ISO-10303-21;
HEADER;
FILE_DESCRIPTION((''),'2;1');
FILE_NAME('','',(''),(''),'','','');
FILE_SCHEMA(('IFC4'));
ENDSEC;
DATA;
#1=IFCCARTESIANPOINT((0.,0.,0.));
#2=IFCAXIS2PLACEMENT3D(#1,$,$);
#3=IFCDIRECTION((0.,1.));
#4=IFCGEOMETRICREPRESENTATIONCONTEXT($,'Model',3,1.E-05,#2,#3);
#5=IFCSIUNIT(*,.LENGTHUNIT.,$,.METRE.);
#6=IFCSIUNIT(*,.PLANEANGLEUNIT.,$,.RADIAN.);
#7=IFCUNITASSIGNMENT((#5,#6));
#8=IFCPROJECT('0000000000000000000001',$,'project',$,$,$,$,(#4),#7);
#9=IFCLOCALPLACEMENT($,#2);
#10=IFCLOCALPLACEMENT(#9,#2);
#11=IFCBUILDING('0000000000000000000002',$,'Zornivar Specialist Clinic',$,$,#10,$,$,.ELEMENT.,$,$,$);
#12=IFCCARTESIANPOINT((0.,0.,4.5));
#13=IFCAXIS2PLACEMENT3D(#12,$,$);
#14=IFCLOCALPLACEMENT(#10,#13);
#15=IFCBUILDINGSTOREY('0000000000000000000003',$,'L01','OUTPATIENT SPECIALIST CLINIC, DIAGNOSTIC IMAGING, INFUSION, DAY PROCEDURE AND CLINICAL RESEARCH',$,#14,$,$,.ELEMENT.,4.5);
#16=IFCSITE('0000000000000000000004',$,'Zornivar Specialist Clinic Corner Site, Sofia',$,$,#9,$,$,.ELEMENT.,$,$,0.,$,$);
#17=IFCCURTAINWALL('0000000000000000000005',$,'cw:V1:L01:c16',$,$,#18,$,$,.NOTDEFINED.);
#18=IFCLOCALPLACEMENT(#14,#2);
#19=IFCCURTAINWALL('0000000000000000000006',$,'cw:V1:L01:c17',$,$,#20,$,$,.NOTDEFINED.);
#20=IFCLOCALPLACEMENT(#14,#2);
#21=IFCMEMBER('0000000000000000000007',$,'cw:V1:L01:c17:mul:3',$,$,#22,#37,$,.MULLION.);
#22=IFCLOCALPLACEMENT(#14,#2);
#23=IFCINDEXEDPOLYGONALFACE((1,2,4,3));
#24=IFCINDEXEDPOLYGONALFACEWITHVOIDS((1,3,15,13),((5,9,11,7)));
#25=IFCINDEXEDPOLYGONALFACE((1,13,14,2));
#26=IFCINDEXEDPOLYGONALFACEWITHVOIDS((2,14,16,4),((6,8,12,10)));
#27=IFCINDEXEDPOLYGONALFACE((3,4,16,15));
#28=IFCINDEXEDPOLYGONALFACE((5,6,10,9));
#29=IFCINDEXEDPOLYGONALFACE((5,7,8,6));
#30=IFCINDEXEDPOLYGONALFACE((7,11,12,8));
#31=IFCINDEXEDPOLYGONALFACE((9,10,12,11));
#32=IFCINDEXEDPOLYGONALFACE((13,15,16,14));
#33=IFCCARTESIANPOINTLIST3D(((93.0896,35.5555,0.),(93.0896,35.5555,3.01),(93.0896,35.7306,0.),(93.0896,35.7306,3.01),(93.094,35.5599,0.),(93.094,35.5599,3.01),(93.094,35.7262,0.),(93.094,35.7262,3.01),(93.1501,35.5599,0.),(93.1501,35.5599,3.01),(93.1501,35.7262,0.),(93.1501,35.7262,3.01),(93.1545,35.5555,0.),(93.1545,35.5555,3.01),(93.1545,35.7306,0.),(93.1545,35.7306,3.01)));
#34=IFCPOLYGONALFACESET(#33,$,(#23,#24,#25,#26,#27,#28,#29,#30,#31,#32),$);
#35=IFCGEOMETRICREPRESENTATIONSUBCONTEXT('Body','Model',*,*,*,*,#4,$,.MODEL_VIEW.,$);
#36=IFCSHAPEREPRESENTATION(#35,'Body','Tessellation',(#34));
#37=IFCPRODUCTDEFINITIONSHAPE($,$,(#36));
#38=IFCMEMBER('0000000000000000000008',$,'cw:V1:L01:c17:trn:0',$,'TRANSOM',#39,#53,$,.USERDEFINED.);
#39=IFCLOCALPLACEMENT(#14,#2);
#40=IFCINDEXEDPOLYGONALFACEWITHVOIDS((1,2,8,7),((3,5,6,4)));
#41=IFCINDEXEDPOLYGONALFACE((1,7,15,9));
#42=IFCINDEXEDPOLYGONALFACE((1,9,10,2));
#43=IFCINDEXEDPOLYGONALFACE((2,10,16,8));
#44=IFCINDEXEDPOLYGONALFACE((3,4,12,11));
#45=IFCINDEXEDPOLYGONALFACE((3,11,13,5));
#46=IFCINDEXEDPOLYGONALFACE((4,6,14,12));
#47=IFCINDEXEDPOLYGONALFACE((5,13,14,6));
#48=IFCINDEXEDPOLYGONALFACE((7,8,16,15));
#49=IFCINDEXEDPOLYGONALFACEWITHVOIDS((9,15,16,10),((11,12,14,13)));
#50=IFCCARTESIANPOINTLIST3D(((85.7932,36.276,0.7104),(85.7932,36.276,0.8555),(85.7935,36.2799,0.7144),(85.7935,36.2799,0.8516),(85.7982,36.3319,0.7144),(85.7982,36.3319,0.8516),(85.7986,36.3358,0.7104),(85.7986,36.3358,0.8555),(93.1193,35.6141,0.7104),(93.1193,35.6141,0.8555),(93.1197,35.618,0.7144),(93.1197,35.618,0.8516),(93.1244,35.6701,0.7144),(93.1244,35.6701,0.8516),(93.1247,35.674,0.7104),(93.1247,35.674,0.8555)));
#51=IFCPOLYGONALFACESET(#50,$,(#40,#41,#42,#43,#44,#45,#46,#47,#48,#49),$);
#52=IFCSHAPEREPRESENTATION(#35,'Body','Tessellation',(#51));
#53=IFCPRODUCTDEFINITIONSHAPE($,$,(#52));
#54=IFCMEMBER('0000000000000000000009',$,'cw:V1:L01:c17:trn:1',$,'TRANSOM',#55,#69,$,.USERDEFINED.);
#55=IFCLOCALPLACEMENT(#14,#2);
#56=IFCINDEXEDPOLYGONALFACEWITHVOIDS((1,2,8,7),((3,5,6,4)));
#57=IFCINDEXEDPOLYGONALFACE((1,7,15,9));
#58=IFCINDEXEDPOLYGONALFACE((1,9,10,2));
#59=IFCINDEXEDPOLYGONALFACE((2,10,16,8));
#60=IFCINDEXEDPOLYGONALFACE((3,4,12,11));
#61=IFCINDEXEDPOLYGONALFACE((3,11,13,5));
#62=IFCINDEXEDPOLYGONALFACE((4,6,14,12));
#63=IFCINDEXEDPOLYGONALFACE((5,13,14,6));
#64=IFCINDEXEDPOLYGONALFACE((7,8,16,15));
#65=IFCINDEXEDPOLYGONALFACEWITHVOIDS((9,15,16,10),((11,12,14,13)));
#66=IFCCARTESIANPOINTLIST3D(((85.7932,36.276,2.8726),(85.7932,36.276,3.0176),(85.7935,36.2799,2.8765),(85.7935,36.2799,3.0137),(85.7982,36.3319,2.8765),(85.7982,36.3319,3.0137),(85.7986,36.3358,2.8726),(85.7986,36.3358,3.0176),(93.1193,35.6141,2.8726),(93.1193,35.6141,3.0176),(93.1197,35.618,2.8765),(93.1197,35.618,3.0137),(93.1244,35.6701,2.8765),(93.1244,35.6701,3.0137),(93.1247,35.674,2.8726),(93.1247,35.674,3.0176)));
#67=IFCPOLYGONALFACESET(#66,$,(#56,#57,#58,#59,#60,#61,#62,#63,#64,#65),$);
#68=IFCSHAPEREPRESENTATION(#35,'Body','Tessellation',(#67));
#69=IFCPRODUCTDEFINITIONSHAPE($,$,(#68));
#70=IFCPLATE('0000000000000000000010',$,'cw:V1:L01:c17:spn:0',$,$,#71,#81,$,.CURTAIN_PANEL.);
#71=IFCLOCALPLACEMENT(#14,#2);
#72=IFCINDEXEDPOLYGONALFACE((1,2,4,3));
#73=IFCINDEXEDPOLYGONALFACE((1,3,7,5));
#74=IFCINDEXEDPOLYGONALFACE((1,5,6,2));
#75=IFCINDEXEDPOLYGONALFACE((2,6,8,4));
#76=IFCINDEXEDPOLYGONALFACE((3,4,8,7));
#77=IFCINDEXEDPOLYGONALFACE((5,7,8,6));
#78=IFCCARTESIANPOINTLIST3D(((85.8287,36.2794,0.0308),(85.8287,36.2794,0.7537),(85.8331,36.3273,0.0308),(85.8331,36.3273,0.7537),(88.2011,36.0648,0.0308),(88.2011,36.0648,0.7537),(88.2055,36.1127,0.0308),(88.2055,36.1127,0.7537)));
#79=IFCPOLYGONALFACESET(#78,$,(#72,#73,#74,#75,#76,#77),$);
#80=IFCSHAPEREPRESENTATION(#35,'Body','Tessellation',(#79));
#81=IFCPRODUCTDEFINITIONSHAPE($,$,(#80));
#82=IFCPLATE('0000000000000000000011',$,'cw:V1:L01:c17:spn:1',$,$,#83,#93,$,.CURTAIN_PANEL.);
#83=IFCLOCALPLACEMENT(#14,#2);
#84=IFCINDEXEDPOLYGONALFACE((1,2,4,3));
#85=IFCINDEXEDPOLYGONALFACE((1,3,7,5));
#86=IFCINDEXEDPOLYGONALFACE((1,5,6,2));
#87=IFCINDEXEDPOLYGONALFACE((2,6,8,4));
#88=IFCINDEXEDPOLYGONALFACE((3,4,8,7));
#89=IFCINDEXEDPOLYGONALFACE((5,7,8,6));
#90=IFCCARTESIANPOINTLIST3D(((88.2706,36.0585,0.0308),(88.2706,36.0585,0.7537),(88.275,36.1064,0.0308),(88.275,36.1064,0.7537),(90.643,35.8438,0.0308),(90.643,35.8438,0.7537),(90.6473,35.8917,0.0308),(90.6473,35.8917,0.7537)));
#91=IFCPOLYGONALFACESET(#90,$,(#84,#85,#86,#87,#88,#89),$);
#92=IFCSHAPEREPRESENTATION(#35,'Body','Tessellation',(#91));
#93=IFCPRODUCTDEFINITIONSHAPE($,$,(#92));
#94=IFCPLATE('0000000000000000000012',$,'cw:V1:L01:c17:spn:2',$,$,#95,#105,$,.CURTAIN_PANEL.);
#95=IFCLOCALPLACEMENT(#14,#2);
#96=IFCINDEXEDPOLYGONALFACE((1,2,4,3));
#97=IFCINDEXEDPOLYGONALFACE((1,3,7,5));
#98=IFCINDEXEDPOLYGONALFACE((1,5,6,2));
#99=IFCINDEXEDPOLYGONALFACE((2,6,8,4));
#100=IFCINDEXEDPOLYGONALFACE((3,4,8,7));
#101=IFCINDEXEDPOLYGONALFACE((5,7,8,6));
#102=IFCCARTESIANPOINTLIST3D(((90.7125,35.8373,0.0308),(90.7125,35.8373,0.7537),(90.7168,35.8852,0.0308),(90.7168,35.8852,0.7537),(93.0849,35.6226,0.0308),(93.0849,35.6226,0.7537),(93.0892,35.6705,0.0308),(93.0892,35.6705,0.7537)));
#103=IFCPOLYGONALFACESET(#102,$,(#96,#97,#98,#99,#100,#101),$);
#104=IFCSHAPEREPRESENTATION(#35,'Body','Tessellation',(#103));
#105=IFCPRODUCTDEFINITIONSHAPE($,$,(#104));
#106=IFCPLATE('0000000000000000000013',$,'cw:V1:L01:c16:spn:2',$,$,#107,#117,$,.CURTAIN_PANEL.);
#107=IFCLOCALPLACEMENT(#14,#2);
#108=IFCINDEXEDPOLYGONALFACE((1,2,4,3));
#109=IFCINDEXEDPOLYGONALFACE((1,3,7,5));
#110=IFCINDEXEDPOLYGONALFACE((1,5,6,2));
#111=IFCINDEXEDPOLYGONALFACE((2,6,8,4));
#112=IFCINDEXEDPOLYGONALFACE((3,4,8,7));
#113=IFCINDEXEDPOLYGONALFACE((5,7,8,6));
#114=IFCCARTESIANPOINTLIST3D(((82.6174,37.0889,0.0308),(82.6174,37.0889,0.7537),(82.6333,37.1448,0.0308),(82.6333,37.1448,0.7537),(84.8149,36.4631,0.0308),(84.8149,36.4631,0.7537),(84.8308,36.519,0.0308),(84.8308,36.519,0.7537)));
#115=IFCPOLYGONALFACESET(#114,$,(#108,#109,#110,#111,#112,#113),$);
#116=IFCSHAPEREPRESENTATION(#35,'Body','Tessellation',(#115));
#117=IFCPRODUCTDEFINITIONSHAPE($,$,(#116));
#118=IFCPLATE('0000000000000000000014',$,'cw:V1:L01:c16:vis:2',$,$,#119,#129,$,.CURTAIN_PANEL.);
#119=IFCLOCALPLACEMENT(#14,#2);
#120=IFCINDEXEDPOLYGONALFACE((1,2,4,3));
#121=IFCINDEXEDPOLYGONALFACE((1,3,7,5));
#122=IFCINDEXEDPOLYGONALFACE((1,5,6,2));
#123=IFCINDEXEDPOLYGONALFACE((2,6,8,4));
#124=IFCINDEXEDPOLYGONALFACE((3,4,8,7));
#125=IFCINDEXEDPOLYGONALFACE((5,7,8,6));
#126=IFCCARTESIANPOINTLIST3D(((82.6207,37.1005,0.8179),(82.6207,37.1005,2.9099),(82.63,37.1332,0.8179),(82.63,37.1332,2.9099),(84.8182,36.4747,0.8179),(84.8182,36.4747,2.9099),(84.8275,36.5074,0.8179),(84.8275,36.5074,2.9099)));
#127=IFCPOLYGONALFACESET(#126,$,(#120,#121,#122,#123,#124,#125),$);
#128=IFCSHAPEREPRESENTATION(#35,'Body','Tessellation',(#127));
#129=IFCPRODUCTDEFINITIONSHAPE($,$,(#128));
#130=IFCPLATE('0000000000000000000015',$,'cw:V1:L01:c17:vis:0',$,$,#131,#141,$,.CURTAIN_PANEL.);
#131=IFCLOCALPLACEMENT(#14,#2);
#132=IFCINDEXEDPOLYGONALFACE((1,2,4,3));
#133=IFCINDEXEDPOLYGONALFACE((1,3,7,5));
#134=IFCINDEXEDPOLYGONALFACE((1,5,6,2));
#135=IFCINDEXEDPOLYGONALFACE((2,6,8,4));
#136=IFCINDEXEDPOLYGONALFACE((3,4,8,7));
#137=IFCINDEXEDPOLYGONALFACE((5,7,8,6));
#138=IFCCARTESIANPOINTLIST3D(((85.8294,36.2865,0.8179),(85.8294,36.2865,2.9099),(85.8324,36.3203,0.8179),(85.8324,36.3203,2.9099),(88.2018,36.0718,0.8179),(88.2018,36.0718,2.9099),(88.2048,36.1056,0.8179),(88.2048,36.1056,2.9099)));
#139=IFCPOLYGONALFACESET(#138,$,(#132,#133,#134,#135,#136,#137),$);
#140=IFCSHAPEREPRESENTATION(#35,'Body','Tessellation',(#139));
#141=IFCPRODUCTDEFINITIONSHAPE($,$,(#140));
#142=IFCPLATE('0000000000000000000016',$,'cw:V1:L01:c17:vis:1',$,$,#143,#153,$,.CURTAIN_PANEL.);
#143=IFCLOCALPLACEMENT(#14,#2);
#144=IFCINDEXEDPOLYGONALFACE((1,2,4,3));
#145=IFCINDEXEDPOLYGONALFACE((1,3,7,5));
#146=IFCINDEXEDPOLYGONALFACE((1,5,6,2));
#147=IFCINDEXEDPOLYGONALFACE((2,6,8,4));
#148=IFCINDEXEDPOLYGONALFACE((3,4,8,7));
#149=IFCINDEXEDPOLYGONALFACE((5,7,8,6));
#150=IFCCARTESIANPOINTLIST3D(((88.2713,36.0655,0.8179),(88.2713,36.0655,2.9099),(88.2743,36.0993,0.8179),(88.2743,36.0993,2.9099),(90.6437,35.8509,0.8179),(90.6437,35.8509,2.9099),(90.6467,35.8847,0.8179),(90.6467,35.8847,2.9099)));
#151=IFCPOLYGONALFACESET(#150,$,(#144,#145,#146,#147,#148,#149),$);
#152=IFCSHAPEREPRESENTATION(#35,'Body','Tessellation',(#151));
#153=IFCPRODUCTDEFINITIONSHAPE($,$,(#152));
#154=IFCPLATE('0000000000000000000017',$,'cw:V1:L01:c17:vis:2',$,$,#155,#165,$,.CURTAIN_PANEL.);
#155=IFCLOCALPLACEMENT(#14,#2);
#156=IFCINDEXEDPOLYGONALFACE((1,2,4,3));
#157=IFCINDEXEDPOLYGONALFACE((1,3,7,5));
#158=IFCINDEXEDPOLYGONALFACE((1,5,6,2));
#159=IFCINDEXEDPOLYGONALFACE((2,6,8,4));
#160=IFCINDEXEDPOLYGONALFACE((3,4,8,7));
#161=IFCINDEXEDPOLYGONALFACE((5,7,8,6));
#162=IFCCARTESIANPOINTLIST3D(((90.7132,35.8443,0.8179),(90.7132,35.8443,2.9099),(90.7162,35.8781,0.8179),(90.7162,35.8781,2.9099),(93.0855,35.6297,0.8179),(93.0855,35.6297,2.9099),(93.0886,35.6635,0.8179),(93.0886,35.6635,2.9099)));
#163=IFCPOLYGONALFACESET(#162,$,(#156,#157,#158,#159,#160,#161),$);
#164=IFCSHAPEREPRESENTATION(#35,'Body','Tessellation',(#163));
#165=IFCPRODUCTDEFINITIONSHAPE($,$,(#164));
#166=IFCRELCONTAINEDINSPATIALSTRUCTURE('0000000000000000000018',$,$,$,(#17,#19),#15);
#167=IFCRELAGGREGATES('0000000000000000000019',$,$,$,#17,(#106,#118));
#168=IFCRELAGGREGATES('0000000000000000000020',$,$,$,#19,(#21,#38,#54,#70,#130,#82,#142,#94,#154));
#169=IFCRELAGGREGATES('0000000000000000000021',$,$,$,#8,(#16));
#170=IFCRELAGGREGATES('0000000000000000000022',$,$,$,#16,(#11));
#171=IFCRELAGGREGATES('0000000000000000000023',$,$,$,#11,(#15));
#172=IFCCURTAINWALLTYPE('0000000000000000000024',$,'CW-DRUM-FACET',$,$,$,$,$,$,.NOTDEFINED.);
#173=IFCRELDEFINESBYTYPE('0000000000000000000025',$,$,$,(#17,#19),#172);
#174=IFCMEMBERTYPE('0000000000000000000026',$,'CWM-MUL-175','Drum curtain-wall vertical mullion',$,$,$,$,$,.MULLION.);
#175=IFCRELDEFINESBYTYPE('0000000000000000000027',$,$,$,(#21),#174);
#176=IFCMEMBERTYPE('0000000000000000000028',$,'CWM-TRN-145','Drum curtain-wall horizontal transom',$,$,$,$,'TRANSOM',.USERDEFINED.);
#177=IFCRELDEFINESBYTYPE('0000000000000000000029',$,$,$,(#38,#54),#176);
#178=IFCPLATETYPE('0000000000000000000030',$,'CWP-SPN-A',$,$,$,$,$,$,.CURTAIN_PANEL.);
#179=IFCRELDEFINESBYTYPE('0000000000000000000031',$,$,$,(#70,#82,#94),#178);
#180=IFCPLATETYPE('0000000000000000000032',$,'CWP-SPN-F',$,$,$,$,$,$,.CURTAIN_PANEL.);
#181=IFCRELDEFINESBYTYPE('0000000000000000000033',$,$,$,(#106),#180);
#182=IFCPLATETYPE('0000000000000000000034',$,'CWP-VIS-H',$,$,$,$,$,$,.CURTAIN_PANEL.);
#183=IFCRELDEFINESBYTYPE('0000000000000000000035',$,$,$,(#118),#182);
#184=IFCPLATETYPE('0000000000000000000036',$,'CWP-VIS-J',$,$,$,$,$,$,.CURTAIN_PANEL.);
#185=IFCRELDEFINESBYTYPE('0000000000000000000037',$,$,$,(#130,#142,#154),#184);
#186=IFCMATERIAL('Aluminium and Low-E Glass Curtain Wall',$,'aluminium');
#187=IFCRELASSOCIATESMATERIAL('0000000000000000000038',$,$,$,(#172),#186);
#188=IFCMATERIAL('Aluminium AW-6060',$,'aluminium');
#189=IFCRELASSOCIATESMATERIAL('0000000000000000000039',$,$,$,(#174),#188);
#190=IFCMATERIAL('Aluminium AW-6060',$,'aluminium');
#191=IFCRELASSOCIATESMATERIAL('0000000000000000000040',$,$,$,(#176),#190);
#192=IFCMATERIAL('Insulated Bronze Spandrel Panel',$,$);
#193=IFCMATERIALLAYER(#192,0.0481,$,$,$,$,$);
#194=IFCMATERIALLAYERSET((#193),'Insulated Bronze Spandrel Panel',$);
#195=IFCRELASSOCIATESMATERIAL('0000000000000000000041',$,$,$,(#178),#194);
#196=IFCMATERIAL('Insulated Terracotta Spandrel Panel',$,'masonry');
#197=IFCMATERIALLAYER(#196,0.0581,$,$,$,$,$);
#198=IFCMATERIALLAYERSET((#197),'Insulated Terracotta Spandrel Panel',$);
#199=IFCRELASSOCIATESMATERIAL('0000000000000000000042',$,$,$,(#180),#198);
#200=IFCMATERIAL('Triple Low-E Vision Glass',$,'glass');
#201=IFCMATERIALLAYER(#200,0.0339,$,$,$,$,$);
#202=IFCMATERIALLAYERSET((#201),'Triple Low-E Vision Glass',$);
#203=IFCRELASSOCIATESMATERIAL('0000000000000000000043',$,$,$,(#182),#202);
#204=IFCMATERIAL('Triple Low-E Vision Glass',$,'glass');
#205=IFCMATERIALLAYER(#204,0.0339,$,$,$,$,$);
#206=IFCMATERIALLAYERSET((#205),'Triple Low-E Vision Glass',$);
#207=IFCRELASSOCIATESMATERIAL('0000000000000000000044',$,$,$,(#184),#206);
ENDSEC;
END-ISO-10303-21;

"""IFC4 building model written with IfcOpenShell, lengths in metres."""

from ifc_helpers import new_model, si_unit, direction, frame, origin, origin_2d, place, context, subcontext, project, spatial, rectangle, hollow_rectangle, extrude, material, layer, layer_set, material_profile, profile_set, type_object, element, aggregate, save


model = new_model("IFC4")

# Units and contexts
model_context = context("Model", 3, precision=1e-05, world=origin(), true_north=direction((0.0, 1.0)))
body_context = subcontext(model_context, "Body", "Model", "MODEL_VIEW")
ifc_project = project(units=[si_unit("LENGTHUNIT", "METRE"), si_unit("PLANEANGLEUNIT", "RADIAN")], contexts=[model_context])

# Site, building, storey
site_placement = place(None, origin())
site = spatial("IfcSite", under=ifc_project, at=site_placement, Name="Zornivar Specialist Clinic Corner Site, Sofia", CompositionType="ELEMENT", RefElevation=0.0)
building_placement = place(site_placement, origin())
building = spatial("IfcBuilding", under=site, at=building_placement, Name="Zornivar Specialist Clinic", CompositionType="ELEMENT")
storey_placement = place(building_placement, frame((0.0, 0.0, 4.5)))
storey = spatial("IfcBuildingStorey", under=building, at=storey_placement, Name="L01", Description="OUTPATIENT SPECIALIST CLINIC, DIAGNOSTIC IMAGING, INFUSION, DAY PROCEDURE AND CLINICAL RESEARCH", CompositionType="ELEMENT", Elevation=4.5)

# Curtain wall
ifc_material_1 = material(Name="Aluminium and Low-E Glass Curtain Wall", Category="aluminium")
curtain_wall_type = type_object("IfcCurtainWallType", Name="CW-DRUM-FACET", PredefinedType="NOTDEFINED", material=ifc_material_1)
curtain_wall_1_placement = place(storey_placement, origin())
curtain_wall_1 = element("IfcCurtainWall", 1, at=curtain_wall_1_placement, inside=storey, type_object=curtain_wall_type, Name="cw:V1:L01:c16", PredefinedType="NOTDEFINED")
ifc_material_2 = material(Name="Aluminium AW-6060", Category="aluminium")
ifc_material_profile_1 = material_profile(ifc_material_2, hollow_rectangle(XDim=0.0649, YDim=0.175, WallThickness=0.0044, at=origin_2d()), Name="ALU 65x175x4.5")
ifc_profile_set_1 = profile_set([ifc_material_profile_1], Name="Aluminium AW-6060")
member_type_1 = type_object("IfcMemberType", Name="CWM-MUL-175", Description="Drum curtain-wall vertical mullion", PredefinedType="MULLION", material=ifc_profile_set_1)

# Curtain wall, members, plates
curtain_wall_2_placement = place(storey_placement, origin())
curtain_wall_2 = element("IfcCurtainWall", 2, at=curtain_wall_2_placement, inside=storey, type_object=curtain_wall_type, Name="cw:V1:L01:c17", PredefinedType="NOTDEFINED")
member_1_placement = place(storey_placement, frame((93.1221, 35.6431, 0.0), z_axis=(0.0, 0.0, 1.0), x_axis=(1.0, 0.0, 0.0)))
member_1 = element("IfcMember", 3, at=member_1_placement, type_object=member_type_1, Name="cw:V1:L01:c17:mul:3", PredefinedType="MULLION", context=body_context, shape_type="SweptSolid", body=[
    extrude(hollow_rectangle(XDim=0.0649, YDim=0.175, WallThickness=0.0044, at=origin_2d()), origin(), (0.0, 0.0, 1.0), 3.01),
])
ifc_material_3 = material(Name="Aluminium AW-6060", Category="aluminium")
ifc_material_profile_2 = material_profile(ifc_material_3, hollow_rectangle(XDim=0.0601, YDim=0.145, WallThickness=0.0039, at=origin_2d()), Name="ALU 60x145x4")
ifc_profile_set_2 = profile_set([ifc_material_profile_2], Name="Aluminium AW-6060")
member_type_2 = type_object("IfcMemberType", Name="CWM-TRN-145", Description="Drum curtain-wall horizontal transom", ElementType="TRANSOM", PredefinedType="USERDEFINED", material=ifc_profile_set_2)
member_2_placement = place(storey_placement, frame((85.7959, 36.3059, 0.783), z_axis=(0.995944, -0.089976, 0.0), x_axis=(0.089976, 0.995944, 0.0)))
member_2 = element("IfcMember", 4, at=member_2_placement, type_object=member_type_2, Name="cw:V1:L01:c17:trn:0", ObjectType="TRANSOM", PredefinedType="USERDEFINED", context=body_context, shape_type="SweptSolid", body=[
    extrude(hollow_rectangle(XDim=0.0601, YDim=0.145, WallThickness=0.0039, at=origin_2d()), origin(), (0.0, 0.0, 1.0), 7.356),
])
member_3_placement = place(storey_placement, frame((85.7959, 36.3059, 2.9451), z_axis=(0.995944, -0.089976, 0.0), x_axis=(0.089976, 0.995944, 0.0)))
member_3 = element("IfcMember", 5, at=member_3_placement, type_object=member_type_2, Name="cw:V1:L01:c17:trn:1", ObjectType="TRANSOM", PredefinedType="USERDEFINED", context=body_context, shape_type="SweptSolid", body=[
    extrude(hollow_rectangle(XDim=0.0601, YDim=0.145, WallThickness=0.0039, at=origin_2d()), origin(), (0.0, 0.0, 1.0), 7.356),
])
ifc_material_4 = material(Name="Insulated Bronze Spandrel Panel")
ifc_layer_1 = layer(ifc_material_4, 0.0481)
ifc_layer_set_1 = layer_set([ifc_layer_1], Name="Insulated Bronze Spandrel Panel")
plate_type_1 = type_object("IfcPlateType", Name="CWP-SPN-A", PredefinedType="CURTAIN_PANEL", material=ifc_layer_set_1)
plate_1_placement = place(storey_placement, frame((87.0171, 36.196, 0.0308), z_axis=(0.0, 0.0, 1.0), x_axis=(0.995933, -0.090099, 0.0)))
plate_1 = element("IfcPlate", 6, at=plate_1_placement, type_object=plate_type_1, Name="cw:V1:L01:c17:spn:0", PredefinedType="CURTAIN_PANEL", context=body_context, shape_type="SweptSolid", body=[
    extrude(rectangle(XDim=2.3821, YDim=0.0481, at=origin_2d()), origin(), (0.0, 0.0, 1.0), 0.7229),
])
plate_2_placement = place(storey_placement, frame((89.459, 35.9751, 0.0308), z_axis=(0.0, 0.0, 1.0), x_axis=(0.995933, -0.090099, 0.0)))
plate_2 = element("IfcPlate", 7, at=plate_2_placement, type_object=plate_type_1, Name="cw:V1:L01:c17:spn:1", PredefinedType="CURTAIN_PANEL", context=body_context, shape_type="SweptSolid", body=[
    extrude(rectangle(XDim=2.3821, YDim=0.0481, at=origin_2d()), origin(), (0.0, 0.0, 1.0), 0.7229),
])
plate_3_placement = place(storey_placement, frame((91.9009, 35.7539, 0.0308), z_axis=(0.0, 0.0, 1.0), x_axis=(0.995933, -0.090099, 0.0)))
plate_3 = element("IfcPlate", 8, at=plate_3_placement, type_object=plate_type_1, Name="cw:V1:L01:c17:spn:2", PredefinedType="CURTAIN_PANEL", context=body_context, shape_type="SweptSolid", body=[
    extrude(rectangle(XDim=2.3821, YDim=0.0481, at=origin_2d()), origin(), (0.0, 0.0, 1.0), 0.7229),
])

# Plates
ifc_material_5 = material(Name="Insulated Terracotta Spandrel Panel", Category="masonry")
ifc_layer_2 = layer(ifc_material_5, 0.0581)
ifc_layer_set_2 = layer_set([ifc_layer_2], Name="Insulated Terracotta Spandrel Panel")
plate_type_2 = type_object("IfcPlateType", Name="CWP-SPN-F", PredefinedType="CURTAIN_PANEL", material=ifc_layer_set_2)
plate_4_placement = place(storey_placement, frame((83.7241, 36.804, 0.0308), z_axis=(0.0, 0.0, 1.0), x_axis=(0.961761, -0.273889, 0.0)))
plate_4 = element("IfcPlate", 9, at=plate_4_placement, type_object=plate_type_2, Name="cw:V1:L01:c16:spn:2", PredefinedType="CURTAIN_PANEL", context=body_context, shape_type="SweptSolid", body=[
    extrude(rectangle(XDim=2.2849, YDim=0.0581, at=origin_2d()), origin(), (0.0, 0.0, 1.0), 0.7229),
])
ifc_material_6 = material(Name="Triple Low-E Vision Glass", Category="glass")
ifc_layer_3 = layer(ifc_material_6, 0.0339)
ifc_layer_set_3 = layer_set([ifc_layer_3], Name="Triple Low-E Vision Glass")
plate_type_3 = type_object("IfcPlateType", Name="CWP-VIS-H", PredefinedType="CURTAIN_PANEL", material=ifc_layer_set_3)
plate_5_placement = place(storey_placement, frame((83.7241, 36.804, 0.8179), z_axis=(0.0, 0.0, 1.0), x_axis=(0.961761, -0.273889, 0.0)))
plate_5 = element("IfcPlate", 10, at=plate_5_placement, type_object=plate_type_3, Name="cw:V1:L01:c16:vis:2", PredefinedType="CURTAIN_PANEL", context=body_context, shape_type="SweptSolid", body=[
    extrude(rectangle(XDim=2.2849, YDim=0.0339, at=origin_2d()), origin(), (0.0, 0.0, 1.0), 2.092),
])
aggregate(curtain_wall_1, [plate_4, plate_5])
ifc_material_7 = material(Name="Triple Low-E Vision Glass", Category="glass")
ifc_layer_4 = layer(ifc_material_7, 0.0339)
ifc_layer_set_4 = layer_set([ifc_layer_4], Name="Triple Low-E Vision Glass")
plate_type_4 = type_object("IfcPlateType", Name="CWP-VIS-J", PredefinedType="CURTAIN_PANEL", material=ifc_layer_set_4)
plate_6_placement = place(storey_placement, frame((87.0171, 36.196, 0.8179), z_axis=(0.0, 0.0, 1.0), x_axis=(0.995933, -0.090099, 0.0)))
plate_6 = element("IfcPlate", 11, at=plate_6_placement, type_object=plate_type_4, Name="cw:V1:L01:c17:vis:0", PredefinedType="CURTAIN_PANEL", context=body_context, shape_type="SweptSolid", body=[
    extrude(rectangle(XDim=2.3821, YDim=0.0339, at=origin_2d()), origin(), (0.0, 0.0, 1.0), 2.092),
])
plate_7_placement = place(storey_placement, frame((89.459, 35.9751, 0.8179), z_axis=(0.0, 0.0, 1.0), x_axis=(0.995933, -0.090099, 0.0)))
plate_7 = element("IfcPlate", 12, at=plate_7_placement, type_object=plate_type_4, Name="cw:V1:L01:c17:vis:1", PredefinedType="CURTAIN_PANEL", context=body_context, shape_type="SweptSolid", body=[
    extrude(rectangle(XDim=2.3821, YDim=0.0339, at=origin_2d()), origin(), (0.0, 0.0, 1.0), 2.092),
])
plate_8_placement = place(storey_placement, frame((91.9009, 35.7539, 0.8179), z_axis=(0.0, 0.0, 1.0), x_axis=(0.995933, -0.090099, 0.0)))
plate_8 = element("IfcPlate", 13, at=plate_8_placement, type_object=plate_type_4, Name="cw:V1:L01:c17:vis:2", PredefinedType="CURTAIN_PANEL", context=body_context, shape_type="SweptSolid", body=[
    extrude(rectangle(XDim=2.3821, YDim=0.0339, at=origin_2d()), origin(), (0.0, 0.0, 1.0), 2.092),
])
aggregate(curtain_wall_2, [member_1, member_2, member_3, plate_1, plate_6, plate_2, plate_7, plate_3, plate_8])

save(model, "model.ifc")
